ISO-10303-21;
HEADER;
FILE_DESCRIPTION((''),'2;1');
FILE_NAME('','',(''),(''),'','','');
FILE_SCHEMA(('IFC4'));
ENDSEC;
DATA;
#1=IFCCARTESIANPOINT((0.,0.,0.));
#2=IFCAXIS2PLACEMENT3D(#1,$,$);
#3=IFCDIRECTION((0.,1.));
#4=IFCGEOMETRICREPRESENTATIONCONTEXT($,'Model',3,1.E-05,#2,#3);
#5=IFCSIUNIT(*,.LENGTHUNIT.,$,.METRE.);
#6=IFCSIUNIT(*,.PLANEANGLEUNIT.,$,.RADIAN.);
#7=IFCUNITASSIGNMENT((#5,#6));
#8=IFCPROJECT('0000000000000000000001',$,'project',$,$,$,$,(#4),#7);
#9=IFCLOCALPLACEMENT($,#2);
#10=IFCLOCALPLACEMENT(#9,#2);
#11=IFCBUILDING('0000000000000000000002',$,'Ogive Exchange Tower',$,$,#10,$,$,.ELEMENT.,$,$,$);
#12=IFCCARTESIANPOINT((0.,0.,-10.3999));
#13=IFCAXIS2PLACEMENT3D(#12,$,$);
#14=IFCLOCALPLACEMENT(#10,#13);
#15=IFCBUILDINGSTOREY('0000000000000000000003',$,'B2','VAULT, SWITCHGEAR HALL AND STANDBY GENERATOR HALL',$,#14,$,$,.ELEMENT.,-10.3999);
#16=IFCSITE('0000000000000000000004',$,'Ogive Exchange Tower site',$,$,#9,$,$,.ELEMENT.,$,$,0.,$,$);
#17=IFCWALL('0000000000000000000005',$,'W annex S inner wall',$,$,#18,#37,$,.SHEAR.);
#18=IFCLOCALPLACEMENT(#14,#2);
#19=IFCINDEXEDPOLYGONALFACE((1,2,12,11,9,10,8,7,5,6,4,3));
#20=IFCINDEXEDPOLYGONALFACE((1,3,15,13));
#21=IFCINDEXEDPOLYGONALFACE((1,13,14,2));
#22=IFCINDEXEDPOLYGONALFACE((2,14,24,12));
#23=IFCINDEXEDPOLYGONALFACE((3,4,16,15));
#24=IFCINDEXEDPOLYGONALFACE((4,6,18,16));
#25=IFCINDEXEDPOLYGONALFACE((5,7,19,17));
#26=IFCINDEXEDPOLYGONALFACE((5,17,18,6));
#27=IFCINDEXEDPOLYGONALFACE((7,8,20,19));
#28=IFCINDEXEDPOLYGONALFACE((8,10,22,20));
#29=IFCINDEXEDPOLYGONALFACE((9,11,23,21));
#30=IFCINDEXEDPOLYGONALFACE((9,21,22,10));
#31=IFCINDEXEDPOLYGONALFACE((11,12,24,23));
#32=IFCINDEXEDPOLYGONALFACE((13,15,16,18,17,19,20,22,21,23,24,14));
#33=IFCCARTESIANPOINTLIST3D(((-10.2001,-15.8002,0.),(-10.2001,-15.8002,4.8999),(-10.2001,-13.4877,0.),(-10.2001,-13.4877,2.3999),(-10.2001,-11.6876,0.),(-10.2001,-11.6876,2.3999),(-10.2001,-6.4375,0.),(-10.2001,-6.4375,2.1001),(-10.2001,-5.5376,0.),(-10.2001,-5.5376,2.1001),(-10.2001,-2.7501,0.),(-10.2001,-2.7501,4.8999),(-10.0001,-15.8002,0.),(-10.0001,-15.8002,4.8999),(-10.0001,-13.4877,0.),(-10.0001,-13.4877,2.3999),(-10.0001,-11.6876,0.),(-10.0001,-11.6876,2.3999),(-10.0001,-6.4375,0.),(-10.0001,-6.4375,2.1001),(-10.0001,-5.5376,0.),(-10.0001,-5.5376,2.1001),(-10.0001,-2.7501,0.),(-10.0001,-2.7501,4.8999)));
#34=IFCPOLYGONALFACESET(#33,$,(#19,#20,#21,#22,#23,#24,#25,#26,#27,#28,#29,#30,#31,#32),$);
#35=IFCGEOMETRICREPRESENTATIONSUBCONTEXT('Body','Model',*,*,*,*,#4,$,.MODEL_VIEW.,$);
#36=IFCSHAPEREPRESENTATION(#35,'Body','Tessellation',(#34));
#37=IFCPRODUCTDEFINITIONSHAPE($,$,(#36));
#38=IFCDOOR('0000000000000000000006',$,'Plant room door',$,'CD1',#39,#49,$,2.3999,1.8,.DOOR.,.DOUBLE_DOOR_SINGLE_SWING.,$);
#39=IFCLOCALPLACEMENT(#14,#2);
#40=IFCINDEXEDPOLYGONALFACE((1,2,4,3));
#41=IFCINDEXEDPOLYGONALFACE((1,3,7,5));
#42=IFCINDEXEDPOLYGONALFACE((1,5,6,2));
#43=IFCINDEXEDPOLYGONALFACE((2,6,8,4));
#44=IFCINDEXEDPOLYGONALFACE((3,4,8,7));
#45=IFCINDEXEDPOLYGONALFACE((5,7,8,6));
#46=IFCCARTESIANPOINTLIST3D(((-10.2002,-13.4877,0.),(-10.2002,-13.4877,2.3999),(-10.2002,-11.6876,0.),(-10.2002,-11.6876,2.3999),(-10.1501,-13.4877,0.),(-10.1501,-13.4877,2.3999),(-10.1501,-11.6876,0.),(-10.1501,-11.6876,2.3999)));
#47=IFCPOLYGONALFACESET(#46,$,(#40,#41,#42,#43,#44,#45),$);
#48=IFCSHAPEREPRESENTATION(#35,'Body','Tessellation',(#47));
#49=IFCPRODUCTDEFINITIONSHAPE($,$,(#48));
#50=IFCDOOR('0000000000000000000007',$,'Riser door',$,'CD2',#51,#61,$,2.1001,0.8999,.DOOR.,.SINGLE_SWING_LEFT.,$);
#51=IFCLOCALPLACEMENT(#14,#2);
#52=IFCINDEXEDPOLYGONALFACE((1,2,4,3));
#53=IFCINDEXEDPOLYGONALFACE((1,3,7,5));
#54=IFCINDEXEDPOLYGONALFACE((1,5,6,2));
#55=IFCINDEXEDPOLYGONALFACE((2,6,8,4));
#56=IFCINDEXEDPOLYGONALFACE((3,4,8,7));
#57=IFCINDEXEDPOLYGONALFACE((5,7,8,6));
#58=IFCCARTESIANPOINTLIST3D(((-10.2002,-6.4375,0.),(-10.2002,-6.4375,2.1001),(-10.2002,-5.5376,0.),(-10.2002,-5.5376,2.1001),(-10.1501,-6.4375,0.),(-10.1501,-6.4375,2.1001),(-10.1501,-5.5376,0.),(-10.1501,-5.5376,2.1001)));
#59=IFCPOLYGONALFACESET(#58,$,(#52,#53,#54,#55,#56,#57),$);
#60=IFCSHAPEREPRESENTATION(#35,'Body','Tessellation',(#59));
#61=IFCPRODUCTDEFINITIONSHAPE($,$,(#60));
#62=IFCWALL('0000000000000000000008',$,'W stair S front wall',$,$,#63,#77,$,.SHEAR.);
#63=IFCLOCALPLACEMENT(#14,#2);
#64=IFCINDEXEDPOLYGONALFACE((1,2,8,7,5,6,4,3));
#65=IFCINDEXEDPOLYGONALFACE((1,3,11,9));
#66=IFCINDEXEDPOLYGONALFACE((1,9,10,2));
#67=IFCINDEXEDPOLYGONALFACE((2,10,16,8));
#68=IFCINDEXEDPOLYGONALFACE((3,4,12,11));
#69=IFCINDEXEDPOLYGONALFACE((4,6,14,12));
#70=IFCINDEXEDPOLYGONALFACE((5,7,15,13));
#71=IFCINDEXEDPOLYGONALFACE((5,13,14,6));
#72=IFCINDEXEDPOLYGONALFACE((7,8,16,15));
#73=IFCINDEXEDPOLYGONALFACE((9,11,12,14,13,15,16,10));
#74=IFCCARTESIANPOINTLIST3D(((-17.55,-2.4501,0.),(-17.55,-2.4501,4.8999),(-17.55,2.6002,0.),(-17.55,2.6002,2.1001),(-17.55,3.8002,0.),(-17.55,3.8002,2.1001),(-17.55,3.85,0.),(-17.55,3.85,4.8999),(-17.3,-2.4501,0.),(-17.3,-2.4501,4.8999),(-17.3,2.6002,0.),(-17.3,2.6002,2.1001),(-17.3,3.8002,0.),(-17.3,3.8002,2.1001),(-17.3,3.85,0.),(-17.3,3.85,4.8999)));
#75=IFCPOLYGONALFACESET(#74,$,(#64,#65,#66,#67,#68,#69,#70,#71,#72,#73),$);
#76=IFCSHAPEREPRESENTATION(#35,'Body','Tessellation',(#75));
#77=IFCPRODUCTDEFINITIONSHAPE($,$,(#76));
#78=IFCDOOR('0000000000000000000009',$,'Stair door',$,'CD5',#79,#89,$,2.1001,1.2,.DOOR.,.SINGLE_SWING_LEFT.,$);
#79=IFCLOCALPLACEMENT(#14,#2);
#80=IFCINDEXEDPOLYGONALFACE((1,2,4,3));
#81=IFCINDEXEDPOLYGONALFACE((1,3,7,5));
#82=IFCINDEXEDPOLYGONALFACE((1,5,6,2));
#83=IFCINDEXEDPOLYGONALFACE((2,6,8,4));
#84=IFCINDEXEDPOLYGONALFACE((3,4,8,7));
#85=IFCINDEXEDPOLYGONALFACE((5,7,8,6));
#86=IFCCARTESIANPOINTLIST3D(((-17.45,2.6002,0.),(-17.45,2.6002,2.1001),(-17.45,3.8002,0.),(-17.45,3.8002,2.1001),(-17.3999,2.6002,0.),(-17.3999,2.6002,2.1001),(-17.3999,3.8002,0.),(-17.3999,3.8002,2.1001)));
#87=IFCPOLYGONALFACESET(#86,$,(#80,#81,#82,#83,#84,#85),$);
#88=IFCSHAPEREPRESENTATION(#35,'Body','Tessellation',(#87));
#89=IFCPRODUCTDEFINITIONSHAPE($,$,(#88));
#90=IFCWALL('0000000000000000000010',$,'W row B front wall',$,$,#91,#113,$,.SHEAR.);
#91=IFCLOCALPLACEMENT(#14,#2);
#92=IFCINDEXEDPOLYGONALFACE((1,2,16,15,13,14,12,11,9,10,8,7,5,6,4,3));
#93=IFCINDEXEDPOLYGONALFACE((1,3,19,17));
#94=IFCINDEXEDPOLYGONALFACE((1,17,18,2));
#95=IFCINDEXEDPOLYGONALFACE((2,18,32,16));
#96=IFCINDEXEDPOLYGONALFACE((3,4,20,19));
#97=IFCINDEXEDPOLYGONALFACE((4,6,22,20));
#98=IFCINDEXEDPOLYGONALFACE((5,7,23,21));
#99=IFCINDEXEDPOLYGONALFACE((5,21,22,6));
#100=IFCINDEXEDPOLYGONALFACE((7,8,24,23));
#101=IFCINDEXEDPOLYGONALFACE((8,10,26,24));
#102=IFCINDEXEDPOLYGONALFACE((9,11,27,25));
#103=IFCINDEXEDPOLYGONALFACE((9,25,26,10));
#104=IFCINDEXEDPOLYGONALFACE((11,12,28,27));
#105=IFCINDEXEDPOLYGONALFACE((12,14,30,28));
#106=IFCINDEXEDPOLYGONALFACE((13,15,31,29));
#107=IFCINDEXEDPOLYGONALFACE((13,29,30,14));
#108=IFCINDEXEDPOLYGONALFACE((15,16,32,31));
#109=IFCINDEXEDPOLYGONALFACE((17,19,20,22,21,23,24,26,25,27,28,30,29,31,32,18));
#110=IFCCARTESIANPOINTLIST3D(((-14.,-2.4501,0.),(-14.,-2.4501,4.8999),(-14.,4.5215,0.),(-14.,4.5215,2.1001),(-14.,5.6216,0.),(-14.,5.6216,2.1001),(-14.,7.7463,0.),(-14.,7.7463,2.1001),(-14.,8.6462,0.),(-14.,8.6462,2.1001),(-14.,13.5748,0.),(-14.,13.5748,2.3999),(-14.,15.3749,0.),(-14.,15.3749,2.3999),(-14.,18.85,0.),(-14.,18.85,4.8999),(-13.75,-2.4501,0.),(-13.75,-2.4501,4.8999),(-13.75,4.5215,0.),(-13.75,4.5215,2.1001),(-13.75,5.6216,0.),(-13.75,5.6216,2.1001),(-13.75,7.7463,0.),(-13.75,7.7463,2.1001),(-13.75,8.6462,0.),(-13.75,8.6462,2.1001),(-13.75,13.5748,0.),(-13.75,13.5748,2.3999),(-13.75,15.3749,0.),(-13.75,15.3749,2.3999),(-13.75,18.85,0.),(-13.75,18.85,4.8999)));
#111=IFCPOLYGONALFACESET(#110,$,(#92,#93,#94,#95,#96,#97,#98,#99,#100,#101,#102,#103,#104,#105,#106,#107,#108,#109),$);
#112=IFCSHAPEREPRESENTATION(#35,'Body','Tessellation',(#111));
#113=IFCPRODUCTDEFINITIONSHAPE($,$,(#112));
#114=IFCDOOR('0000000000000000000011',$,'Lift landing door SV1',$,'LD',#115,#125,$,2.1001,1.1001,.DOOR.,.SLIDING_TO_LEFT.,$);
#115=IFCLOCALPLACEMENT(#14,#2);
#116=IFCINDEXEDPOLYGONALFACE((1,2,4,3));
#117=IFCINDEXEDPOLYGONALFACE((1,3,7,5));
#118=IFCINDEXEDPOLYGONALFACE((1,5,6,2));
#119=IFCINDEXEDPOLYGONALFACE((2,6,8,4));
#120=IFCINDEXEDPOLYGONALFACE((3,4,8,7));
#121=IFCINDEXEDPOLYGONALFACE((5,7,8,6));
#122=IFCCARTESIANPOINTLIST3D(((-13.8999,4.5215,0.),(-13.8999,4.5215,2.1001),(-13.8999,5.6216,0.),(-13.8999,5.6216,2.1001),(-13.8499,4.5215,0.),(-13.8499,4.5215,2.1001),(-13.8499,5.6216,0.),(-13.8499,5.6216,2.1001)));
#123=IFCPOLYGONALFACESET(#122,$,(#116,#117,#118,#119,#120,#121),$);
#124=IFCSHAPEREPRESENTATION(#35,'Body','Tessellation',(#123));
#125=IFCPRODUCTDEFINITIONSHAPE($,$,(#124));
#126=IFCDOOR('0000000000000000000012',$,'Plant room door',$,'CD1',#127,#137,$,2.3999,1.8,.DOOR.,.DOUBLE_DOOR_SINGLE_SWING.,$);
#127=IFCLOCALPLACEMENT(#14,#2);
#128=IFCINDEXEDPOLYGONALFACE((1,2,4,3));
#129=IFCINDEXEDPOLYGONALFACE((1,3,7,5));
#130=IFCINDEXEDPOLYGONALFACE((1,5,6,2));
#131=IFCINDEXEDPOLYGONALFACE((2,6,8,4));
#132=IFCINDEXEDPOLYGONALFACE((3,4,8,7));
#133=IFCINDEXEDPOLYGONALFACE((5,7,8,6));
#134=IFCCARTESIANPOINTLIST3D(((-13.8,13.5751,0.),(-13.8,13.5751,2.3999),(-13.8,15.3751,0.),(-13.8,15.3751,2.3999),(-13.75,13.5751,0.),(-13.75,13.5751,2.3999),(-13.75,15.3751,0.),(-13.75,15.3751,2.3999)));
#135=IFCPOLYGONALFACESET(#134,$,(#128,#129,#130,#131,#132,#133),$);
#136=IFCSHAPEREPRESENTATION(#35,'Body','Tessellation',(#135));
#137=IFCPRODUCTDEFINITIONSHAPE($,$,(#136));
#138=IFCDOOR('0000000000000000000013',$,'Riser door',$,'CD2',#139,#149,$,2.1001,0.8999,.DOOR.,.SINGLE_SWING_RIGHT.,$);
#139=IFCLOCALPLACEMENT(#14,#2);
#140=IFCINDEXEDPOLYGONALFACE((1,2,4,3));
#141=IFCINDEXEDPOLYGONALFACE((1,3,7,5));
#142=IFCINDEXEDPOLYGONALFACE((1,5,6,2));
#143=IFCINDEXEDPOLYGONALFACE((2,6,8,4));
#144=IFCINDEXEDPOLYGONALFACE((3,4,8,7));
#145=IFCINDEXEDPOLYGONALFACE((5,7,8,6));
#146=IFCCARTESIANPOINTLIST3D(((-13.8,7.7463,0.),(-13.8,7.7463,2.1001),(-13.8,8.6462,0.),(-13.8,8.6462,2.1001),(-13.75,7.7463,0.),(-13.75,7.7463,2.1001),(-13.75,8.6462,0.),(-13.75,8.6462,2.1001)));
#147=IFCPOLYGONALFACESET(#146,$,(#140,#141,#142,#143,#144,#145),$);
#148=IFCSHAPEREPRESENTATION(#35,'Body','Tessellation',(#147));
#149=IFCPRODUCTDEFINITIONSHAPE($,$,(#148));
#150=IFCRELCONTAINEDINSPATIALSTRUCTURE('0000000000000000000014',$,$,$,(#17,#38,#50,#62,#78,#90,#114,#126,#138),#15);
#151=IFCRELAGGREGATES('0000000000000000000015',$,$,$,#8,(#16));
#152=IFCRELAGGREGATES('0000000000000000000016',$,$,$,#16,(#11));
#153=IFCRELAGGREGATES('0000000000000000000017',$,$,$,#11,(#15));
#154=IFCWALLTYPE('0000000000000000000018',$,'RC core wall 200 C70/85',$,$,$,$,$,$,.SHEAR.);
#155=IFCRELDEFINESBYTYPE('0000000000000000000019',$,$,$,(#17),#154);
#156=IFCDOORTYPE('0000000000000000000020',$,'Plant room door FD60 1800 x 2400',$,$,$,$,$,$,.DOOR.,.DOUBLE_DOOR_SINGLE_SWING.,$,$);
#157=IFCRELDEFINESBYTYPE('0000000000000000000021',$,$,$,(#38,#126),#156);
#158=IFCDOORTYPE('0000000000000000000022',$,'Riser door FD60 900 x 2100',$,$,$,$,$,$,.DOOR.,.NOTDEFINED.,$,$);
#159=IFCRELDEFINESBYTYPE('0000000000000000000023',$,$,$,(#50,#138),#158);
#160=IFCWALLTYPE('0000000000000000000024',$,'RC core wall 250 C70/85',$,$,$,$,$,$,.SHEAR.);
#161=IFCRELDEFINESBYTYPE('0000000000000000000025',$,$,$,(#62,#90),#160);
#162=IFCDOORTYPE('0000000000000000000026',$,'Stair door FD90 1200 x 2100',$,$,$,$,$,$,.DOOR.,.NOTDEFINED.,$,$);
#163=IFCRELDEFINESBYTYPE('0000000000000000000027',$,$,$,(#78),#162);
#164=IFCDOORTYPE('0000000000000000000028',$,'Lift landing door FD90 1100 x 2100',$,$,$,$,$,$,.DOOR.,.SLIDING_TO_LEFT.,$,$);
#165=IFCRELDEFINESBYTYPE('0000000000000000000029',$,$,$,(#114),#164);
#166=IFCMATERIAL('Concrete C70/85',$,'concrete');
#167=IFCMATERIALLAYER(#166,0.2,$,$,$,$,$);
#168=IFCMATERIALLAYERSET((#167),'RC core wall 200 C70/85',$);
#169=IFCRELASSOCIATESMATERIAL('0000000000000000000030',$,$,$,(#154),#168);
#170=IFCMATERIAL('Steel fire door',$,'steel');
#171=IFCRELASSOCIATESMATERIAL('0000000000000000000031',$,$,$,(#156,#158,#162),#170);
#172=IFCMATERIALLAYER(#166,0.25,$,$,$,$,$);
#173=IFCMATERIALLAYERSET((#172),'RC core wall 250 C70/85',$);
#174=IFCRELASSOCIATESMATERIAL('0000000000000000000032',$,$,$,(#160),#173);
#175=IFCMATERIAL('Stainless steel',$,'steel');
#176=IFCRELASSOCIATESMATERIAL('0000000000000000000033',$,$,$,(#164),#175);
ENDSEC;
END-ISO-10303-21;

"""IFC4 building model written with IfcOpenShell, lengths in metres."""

from ifc_helpers import new_model, si_unit, direction, frame, frame_2d, origin, place, context, subcontext, project, spatial, rectangle, extrude, material, layer, layer_set, type_object, element, fill, save


model = new_model("IFC4")

# Units and contexts
model_context = context("Model", 3, precision=1e-05, world=origin(), true_north=direction((0.0, 1.0)))
body_context = subcontext(model_context, "Body", "Model", "MODEL_VIEW")
ifc_project = project(units=[si_unit("LENGTHUNIT", "METRE"), si_unit("PLANEANGLEUNIT", "RADIAN")], contexts=[model_context])

# Site, building, storey
site_placement = place(None, origin())
site = spatial("IfcSite", under=ifc_project, at=site_placement, Name="Ogive Exchange Tower site", CompositionType="ELEMENT", RefElevation=0.0)
building_placement = place(site_placement, origin())
building = spatial("IfcBuilding", under=site, at=building_placement, Name="Ogive Exchange Tower", CompositionType="ELEMENT")
storey_placement = place(building_placement, frame((0.0, 0.0, -10.3999)))
storey = spatial("IfcBuildingStorey", under=building, at=storey_placement, Name="B2", Description="VAULT, SWITCHGEAR HALL AND STANDBY GENERATOR HALL", CompositionType="ELEMENT", Elevation=-10.3999)

# Wall, openings, doors
ifc_material_1 = material(Name="Concrete C70/85", Category="concrete")
ifc_layer_1 = layer(ifc_material_1, 0.2)
ifc_layer_set_1 = layer_set([ifc_layer_1], Name="RC core wall 200 C70/85")
wall_type_1 = type_object("IfcWallType", Name="RC core wall 200 C70/85", PredefinedType="SHEAR", material=ifc_layer_set_1)
wall_1_placement = place(storey_placement, frame((-10.1001, -15.8, 0.0), z_axis=(0.0, 0.0, 1.0), x_axis=(0.0, 1.0, 0.0)))
wall_1 = element("IfcWall", 1, at=wall_1_placement, inside=storey, type_object=wall_type_1, Name="W annex S inner wall", PredefinedType="SHEAR", context=body_context, shape_type="SweptSolid", body=[
    extrude(rectangle(XDim=13.05, YDim=0.2, at=frame_2d((6.5249, 0.0))), origin(), (0.0, 0.0, 1.0), 4.8999),
])
opening_1_placement = place(wall_1_placement, frame((2.3125, 0.0, 0.0)))
opening_1 = element("IfcOpeningElement", 2, at=opening_1_placement, cuts=wall_1, PredefinedType="OPENING", context=body_context, shape_type="SweptSolid", body=[
    extrude(rectangle(XDim=1.8, YDim=2.3999, at=frame_2d((0.8999, 1.2))), frame((0.0, 0.1099, 0.0), z_axis=(0.0, -1.0, 0.0), x_axis=(1.0, 0.0, 0.0)), (0.0, 0.0, 1.0), 0.22),
])
opening_2_placement = place(wall_1_placement, frame((9.3625, 0.0, 0.0)))
opening_2 = element("IfcOpeningElement", 3, at=opening_2_placement, cuts=wall_1, PredefinedType="OPENING", context=body_context, shape_type="SweptSolid", body=[
    extrude(rectangle(XDim=0.8999, YDim=2.1001, at=frame_2d((0.45, 1.05))), frame((0.0, 0.1099, 0.0), z_axis=(0.0, -1.0, 0.0), x_axis=(1.0, 0.0, 0.0)), (0.0, 0.0, 1.0), 0.22),
])
ifc_material_2 = material(Name="Steel fire door", Category="steel")
door_type_1 = type_object("IfcDoorType", Name="Plant room door FD60 1800 x 2400", OperationType="DOUBLE_DOOR_SINGLE_SWING", PredefinedType="DOOR", material=ifc_material_2)
door_1_placement = place(opening_1_placement, origin())
door_1 = element("IfcDoor", 4, at=door_1_placement, inside=storey, type_object=door_type_1, Name="Plant room door", ObjectType="CD1", OperationType="DOUBLE_DOOR_SINGLE_SWING", OverallHeight=2.3999, OverallWidth=1.8, PredefinedType="DOOR", context=body_context, shape_type="SweptSolid", body=[
    extrude(rectangle(XDim=1.8, YDim=2.3999, at=frame_2d((0.8999, 1.2))), frame((0.0, 0.1001, 0.0), z_axis=(0.0, -1.0, 0.0), x_axis=(1.0, 0.0, 0.0)), (0.0, 0.0, 1.0), 0.05),
])
fill(opening_1, door_1)
door_type_2 = type_object("IfcDoorType", Name="Riser door FD60 900 x 2100", OperationType="NOTDEFINED", PredefinedType="DOOR", material=ifc_material_2)
door_2_placement = place(opening_2_placement, origin())
door_2 = element("IfcDoor", 5, at=door_2_placement, inside=storey, type_object=door_type_2, Name="Riser door", ObjectType="CD2", OperationType="SINGLE_SWING_LEFT", OverallHeight=2.1001, OverallWidth=0.8999, PredefinedType="DOOR", context=body_context, shape_type="SweptSolid", body=[
    extrude(rectangle(XDim=0.8999, YDim=2.1001, at=frame_2d((0.45, 1.05))), frame((0.0, 0.1001, 0.0), z_axis=(0.0, -1.0, 0.0), x_axis=(1.0, 0.0, 0.0)), (0.0, 0.0, 1.0), 0.05),
])
fill(opening_2, door_2)

# Wall, opening, door
ifc_layer_2 = layer(ifc_material_1, 0.25)
ifc_layer_set_2 = layer_set([ifc_layer_2], Name="RC core wall 250 C70/85")
wall_type_2 = type_object("IfcWallType", Name="RC core wall 250 C70/85", PredefinedType="SHEAR", material=ifc_layer_set_2)
wall_2_placement = place(storey_placement, frame((-17.425, -2.45, 0.0), z_axis=(0.0, 0.0, 1.0), x_axis=(0.0, 1.0, 0.0)))
wall_2 = element("IfcWall", 6, at=wall_2_placement, inside=storey, type_object=wall_type_2, Name="W stair S front wall", PredefinedType="SHEAR", context=body_context, shape_type="SweptSolid", body=[
    extrude(rectangle(XDim=6.3, YDim=0.25, at=frame_2d((3.1499, 0.0))), origin(), (0.0, 0.0, 1.0), 4.8999),
])
opening_3_placement = place(wall_2_placement, frame((5.05, 0.0, 0.0)))
opening_3 = element("IfcOpeningElement", 7, at=opening_3_placement, cuts=wall_2, PredefinedType="OPENING", context=body_context, shape_type="SweptSolid", body=[
    extrude(rectangle(XDim=1.2, YDim=2.1001, at=frame_2d((0.6001, 1.05))), frame((0.0, 0.135, 0.0), z_axis=(0.0, -1.0, 0.0), x_axis=(1.0, 0.0, 0.0)), (0.0, 0.0, 1.0), 0.27),
])
door_type_3 = type_object("IfcDoorType", Name="Stair door FD90 1200 x 2100", OperationType="NOTDEFINED", PredefinedType="DOOR", material=ifc_material_2)
door_3_placement = place(opening_3_placement, origin())
door_3 = element("IfcDoor", 8, at=door_3_placement, inside=storey, type_object=door_type_3, Name="Stair door", ObjectType="CD5", OperationType="SINGLE_SWING_LEFT", OverallHeight=2.1001, OverallWidth=1.2, PredefinedType="DOOR", context=body_context, shape_type="SweptSolid", body=[
    extrude(rectangle(XDim=1.2, YDim=2.1001, at=frame_2d((0.6001, 1.05))), frame((0.0, 0.0249, 0.0), z_axis=(0.0, -1.0, 0.0), x_axis=(1.0, 0.0, 0.0)), (0.0, 0.0, 1.0), 0.05),
])
fill(opening_3, door_3)

# Wall, openings, doors
wall_3_placement = place(storey_placement, frame((-13.875, -2.45, 0.0), z_axis=(0.0, 0.0, 1.0), x_axis=(0.0, 1.0, 0.0)))
wall_3 = element("IfcWall", 9, at=wall_3_placement, inside=storey, type_object=wall_type_2, Name="W row B front wall", PredefinedType="SHEAR", context=body_context, shape_type="SweptSolid", body=[
    extrude(rectangle(XDim=21.3, YDim=0.25, at=frame_2d((10.6499, 0.0))), origin(), (0.0, 0.0, 1.0), 4.8999),
])
opening_4_placement = place(wall_3_placement, frame((10.1963, 0.0, 0.0)))
opening_4 = element("IfcOpeningElement", 10, at=opening_4_placement, cuts=wall_3, PredefinedType="OPENING", context=body_context, shape_type="SweptSolid", body=[
    extrude(rectangle(XDim=0.8999, YDim=2.1001, at=frame_2d((0.45, 1.05))), frame((0.0, 0.135, 0.0), z_axis=(0.0, -1.0, 0.0), x_axis=(1.0, 0.0, 0.0)), (0.0, 0.0, 1.0), 0.27),
])
opening_5_placement = place(wall_3_placement, frame((16.0249, 0.0, 0.0)))
opening_5 = element("IfcOpeningElement", 11, at=opening_5_placement, cuts=wall_3, PredefinedType="OPENING", context=body_context, shape_type="SweptSolid", body=[
    extrude(rectangle(XDim=1.8, YDim=2.3999, at=frame_2d((0.8999, 1.2))), frame((0.0, 0.135, 0.0), z_axis=(0.0, -1.0, 0.0), x_axis=(1.0, 0.0, 0.0)), (0.0, 0.0, 1.0), 0.27),
])
opening_6_placement = place(wall_3_placement, frame((6.9714, 0.0, 0.0)))
opening_6 = element("IfcOpeningElement", 12, at=opening_6_placement, cuts=wall_3, PredefinedType="OPENING", context=body_context, shape_type="SweptSolid", body=[
    extrude(rectangle(XDim=1.1001, YDim=2.1001, at=frame_2d((0.55, 1.05))), frame((0.0, 0.135, 0.0), z_axis=(0.0, -1.0, 0.0), x_axis=(1.0, 0.0, 0.0)), (0.0, 0.0, 1.0), 0.27),
])
ifc_material_3 = material(Name="Stainless steel", Category="steel")
door_type_4 = type_object("IfcDoorType", Name="Lift landing door FD90 1100 x 2100", OperationType="SLIDING_TO_LEFT", PredefinedType="DOOR", material=ifc_material_3)
door_4_placement = place(opening_6_placement, origin())
door_4 = element("IfcDoor", 13, at=door_4_placement, inside=storey, type_object=door_type_4, Name="Lift landing door SV1", ObjectType="LD", OperationType="SLIDING_TO_LEFT", OverallHeight=2.1001, OverallWidth=1.1001, PredefinedType="DOOR", context=body_context, shape_type="SweptSolid", body=[
    extrude(rectangle(XDim=1.1001, YDim=2.1001, at=frame_2d((0.55, 1.05))), frame((0.0, 0.0249, 0.0), z_axis=(0.0, -1.0, 0.0), x_axis=(1.0, 0.0, 0.0)), (0.0, 0.0, 1.0), 0.05),
])
fill(opening_6, door_4)
door_5_placement = place(opening_5_placement, frame((1.8, -0.2002, 0.0), z_axis=(0.0, 0.0, 1.0), x_axis=(-1.0, 0.0, 0.0)))
door_5 = element("IfcDoor", 14, at=door_5_placement, inside=storey, type_object=door_type_1, Name="Plant room door", ObjectType="CD1", OperationType="DOUBLE_DOOR_SINGLE_SWING", OverallHeight=2.3999, OverallWidth=1.8, PredefinedType="DOOR", context=body_context, shape_type="SweptSolid", body=[
    extrude(rectangle(XDim=1.8, YDim=2.3999, at=frame_2d((0.8999, 1.2))), frame((0.0, -0.0752, 0.0), z_axis=(0.0, -1.0, 0.0), x_axis=(1.0, 0.0, 0.0)), (0.0, 0.0, 1.0), 0.05),
])
fill(opening_5, door_5)
door_6_placement = place(opening_4_placement, frame((0.8999, -0.2002, 0.0), z_axis=(0.0, 0.0, 1.0), x_axis=(-1.0, 0.0, 0.0)))
door_6 = element("IfcDoor", 15, at=door_6_placement, inside=storey, type_object=door_type_2, Name="Riser door", ObjectType="CD2", OperationType="SINGLE_SWING_RIGHT", OverallHeight=2.1001, OverallWidth=0.8999, PredefinedType="DOOR", context=body_context, shape_type="SweptSolid", body=[
    extrude(rectangle(XDim=0.8999, YDim=2.1001, at=frame_2d((0.45, 1.05))), frame((0.0, -0.0752, 0.0), z_axis=(0.0, -1.0, 0.0), x_axis=(1.0, 0.0, 0.0)), (0.0, 0.0, 1.0), 0.05),
])
fill(opening_4, door_6)

save(model, "model.ifc")
